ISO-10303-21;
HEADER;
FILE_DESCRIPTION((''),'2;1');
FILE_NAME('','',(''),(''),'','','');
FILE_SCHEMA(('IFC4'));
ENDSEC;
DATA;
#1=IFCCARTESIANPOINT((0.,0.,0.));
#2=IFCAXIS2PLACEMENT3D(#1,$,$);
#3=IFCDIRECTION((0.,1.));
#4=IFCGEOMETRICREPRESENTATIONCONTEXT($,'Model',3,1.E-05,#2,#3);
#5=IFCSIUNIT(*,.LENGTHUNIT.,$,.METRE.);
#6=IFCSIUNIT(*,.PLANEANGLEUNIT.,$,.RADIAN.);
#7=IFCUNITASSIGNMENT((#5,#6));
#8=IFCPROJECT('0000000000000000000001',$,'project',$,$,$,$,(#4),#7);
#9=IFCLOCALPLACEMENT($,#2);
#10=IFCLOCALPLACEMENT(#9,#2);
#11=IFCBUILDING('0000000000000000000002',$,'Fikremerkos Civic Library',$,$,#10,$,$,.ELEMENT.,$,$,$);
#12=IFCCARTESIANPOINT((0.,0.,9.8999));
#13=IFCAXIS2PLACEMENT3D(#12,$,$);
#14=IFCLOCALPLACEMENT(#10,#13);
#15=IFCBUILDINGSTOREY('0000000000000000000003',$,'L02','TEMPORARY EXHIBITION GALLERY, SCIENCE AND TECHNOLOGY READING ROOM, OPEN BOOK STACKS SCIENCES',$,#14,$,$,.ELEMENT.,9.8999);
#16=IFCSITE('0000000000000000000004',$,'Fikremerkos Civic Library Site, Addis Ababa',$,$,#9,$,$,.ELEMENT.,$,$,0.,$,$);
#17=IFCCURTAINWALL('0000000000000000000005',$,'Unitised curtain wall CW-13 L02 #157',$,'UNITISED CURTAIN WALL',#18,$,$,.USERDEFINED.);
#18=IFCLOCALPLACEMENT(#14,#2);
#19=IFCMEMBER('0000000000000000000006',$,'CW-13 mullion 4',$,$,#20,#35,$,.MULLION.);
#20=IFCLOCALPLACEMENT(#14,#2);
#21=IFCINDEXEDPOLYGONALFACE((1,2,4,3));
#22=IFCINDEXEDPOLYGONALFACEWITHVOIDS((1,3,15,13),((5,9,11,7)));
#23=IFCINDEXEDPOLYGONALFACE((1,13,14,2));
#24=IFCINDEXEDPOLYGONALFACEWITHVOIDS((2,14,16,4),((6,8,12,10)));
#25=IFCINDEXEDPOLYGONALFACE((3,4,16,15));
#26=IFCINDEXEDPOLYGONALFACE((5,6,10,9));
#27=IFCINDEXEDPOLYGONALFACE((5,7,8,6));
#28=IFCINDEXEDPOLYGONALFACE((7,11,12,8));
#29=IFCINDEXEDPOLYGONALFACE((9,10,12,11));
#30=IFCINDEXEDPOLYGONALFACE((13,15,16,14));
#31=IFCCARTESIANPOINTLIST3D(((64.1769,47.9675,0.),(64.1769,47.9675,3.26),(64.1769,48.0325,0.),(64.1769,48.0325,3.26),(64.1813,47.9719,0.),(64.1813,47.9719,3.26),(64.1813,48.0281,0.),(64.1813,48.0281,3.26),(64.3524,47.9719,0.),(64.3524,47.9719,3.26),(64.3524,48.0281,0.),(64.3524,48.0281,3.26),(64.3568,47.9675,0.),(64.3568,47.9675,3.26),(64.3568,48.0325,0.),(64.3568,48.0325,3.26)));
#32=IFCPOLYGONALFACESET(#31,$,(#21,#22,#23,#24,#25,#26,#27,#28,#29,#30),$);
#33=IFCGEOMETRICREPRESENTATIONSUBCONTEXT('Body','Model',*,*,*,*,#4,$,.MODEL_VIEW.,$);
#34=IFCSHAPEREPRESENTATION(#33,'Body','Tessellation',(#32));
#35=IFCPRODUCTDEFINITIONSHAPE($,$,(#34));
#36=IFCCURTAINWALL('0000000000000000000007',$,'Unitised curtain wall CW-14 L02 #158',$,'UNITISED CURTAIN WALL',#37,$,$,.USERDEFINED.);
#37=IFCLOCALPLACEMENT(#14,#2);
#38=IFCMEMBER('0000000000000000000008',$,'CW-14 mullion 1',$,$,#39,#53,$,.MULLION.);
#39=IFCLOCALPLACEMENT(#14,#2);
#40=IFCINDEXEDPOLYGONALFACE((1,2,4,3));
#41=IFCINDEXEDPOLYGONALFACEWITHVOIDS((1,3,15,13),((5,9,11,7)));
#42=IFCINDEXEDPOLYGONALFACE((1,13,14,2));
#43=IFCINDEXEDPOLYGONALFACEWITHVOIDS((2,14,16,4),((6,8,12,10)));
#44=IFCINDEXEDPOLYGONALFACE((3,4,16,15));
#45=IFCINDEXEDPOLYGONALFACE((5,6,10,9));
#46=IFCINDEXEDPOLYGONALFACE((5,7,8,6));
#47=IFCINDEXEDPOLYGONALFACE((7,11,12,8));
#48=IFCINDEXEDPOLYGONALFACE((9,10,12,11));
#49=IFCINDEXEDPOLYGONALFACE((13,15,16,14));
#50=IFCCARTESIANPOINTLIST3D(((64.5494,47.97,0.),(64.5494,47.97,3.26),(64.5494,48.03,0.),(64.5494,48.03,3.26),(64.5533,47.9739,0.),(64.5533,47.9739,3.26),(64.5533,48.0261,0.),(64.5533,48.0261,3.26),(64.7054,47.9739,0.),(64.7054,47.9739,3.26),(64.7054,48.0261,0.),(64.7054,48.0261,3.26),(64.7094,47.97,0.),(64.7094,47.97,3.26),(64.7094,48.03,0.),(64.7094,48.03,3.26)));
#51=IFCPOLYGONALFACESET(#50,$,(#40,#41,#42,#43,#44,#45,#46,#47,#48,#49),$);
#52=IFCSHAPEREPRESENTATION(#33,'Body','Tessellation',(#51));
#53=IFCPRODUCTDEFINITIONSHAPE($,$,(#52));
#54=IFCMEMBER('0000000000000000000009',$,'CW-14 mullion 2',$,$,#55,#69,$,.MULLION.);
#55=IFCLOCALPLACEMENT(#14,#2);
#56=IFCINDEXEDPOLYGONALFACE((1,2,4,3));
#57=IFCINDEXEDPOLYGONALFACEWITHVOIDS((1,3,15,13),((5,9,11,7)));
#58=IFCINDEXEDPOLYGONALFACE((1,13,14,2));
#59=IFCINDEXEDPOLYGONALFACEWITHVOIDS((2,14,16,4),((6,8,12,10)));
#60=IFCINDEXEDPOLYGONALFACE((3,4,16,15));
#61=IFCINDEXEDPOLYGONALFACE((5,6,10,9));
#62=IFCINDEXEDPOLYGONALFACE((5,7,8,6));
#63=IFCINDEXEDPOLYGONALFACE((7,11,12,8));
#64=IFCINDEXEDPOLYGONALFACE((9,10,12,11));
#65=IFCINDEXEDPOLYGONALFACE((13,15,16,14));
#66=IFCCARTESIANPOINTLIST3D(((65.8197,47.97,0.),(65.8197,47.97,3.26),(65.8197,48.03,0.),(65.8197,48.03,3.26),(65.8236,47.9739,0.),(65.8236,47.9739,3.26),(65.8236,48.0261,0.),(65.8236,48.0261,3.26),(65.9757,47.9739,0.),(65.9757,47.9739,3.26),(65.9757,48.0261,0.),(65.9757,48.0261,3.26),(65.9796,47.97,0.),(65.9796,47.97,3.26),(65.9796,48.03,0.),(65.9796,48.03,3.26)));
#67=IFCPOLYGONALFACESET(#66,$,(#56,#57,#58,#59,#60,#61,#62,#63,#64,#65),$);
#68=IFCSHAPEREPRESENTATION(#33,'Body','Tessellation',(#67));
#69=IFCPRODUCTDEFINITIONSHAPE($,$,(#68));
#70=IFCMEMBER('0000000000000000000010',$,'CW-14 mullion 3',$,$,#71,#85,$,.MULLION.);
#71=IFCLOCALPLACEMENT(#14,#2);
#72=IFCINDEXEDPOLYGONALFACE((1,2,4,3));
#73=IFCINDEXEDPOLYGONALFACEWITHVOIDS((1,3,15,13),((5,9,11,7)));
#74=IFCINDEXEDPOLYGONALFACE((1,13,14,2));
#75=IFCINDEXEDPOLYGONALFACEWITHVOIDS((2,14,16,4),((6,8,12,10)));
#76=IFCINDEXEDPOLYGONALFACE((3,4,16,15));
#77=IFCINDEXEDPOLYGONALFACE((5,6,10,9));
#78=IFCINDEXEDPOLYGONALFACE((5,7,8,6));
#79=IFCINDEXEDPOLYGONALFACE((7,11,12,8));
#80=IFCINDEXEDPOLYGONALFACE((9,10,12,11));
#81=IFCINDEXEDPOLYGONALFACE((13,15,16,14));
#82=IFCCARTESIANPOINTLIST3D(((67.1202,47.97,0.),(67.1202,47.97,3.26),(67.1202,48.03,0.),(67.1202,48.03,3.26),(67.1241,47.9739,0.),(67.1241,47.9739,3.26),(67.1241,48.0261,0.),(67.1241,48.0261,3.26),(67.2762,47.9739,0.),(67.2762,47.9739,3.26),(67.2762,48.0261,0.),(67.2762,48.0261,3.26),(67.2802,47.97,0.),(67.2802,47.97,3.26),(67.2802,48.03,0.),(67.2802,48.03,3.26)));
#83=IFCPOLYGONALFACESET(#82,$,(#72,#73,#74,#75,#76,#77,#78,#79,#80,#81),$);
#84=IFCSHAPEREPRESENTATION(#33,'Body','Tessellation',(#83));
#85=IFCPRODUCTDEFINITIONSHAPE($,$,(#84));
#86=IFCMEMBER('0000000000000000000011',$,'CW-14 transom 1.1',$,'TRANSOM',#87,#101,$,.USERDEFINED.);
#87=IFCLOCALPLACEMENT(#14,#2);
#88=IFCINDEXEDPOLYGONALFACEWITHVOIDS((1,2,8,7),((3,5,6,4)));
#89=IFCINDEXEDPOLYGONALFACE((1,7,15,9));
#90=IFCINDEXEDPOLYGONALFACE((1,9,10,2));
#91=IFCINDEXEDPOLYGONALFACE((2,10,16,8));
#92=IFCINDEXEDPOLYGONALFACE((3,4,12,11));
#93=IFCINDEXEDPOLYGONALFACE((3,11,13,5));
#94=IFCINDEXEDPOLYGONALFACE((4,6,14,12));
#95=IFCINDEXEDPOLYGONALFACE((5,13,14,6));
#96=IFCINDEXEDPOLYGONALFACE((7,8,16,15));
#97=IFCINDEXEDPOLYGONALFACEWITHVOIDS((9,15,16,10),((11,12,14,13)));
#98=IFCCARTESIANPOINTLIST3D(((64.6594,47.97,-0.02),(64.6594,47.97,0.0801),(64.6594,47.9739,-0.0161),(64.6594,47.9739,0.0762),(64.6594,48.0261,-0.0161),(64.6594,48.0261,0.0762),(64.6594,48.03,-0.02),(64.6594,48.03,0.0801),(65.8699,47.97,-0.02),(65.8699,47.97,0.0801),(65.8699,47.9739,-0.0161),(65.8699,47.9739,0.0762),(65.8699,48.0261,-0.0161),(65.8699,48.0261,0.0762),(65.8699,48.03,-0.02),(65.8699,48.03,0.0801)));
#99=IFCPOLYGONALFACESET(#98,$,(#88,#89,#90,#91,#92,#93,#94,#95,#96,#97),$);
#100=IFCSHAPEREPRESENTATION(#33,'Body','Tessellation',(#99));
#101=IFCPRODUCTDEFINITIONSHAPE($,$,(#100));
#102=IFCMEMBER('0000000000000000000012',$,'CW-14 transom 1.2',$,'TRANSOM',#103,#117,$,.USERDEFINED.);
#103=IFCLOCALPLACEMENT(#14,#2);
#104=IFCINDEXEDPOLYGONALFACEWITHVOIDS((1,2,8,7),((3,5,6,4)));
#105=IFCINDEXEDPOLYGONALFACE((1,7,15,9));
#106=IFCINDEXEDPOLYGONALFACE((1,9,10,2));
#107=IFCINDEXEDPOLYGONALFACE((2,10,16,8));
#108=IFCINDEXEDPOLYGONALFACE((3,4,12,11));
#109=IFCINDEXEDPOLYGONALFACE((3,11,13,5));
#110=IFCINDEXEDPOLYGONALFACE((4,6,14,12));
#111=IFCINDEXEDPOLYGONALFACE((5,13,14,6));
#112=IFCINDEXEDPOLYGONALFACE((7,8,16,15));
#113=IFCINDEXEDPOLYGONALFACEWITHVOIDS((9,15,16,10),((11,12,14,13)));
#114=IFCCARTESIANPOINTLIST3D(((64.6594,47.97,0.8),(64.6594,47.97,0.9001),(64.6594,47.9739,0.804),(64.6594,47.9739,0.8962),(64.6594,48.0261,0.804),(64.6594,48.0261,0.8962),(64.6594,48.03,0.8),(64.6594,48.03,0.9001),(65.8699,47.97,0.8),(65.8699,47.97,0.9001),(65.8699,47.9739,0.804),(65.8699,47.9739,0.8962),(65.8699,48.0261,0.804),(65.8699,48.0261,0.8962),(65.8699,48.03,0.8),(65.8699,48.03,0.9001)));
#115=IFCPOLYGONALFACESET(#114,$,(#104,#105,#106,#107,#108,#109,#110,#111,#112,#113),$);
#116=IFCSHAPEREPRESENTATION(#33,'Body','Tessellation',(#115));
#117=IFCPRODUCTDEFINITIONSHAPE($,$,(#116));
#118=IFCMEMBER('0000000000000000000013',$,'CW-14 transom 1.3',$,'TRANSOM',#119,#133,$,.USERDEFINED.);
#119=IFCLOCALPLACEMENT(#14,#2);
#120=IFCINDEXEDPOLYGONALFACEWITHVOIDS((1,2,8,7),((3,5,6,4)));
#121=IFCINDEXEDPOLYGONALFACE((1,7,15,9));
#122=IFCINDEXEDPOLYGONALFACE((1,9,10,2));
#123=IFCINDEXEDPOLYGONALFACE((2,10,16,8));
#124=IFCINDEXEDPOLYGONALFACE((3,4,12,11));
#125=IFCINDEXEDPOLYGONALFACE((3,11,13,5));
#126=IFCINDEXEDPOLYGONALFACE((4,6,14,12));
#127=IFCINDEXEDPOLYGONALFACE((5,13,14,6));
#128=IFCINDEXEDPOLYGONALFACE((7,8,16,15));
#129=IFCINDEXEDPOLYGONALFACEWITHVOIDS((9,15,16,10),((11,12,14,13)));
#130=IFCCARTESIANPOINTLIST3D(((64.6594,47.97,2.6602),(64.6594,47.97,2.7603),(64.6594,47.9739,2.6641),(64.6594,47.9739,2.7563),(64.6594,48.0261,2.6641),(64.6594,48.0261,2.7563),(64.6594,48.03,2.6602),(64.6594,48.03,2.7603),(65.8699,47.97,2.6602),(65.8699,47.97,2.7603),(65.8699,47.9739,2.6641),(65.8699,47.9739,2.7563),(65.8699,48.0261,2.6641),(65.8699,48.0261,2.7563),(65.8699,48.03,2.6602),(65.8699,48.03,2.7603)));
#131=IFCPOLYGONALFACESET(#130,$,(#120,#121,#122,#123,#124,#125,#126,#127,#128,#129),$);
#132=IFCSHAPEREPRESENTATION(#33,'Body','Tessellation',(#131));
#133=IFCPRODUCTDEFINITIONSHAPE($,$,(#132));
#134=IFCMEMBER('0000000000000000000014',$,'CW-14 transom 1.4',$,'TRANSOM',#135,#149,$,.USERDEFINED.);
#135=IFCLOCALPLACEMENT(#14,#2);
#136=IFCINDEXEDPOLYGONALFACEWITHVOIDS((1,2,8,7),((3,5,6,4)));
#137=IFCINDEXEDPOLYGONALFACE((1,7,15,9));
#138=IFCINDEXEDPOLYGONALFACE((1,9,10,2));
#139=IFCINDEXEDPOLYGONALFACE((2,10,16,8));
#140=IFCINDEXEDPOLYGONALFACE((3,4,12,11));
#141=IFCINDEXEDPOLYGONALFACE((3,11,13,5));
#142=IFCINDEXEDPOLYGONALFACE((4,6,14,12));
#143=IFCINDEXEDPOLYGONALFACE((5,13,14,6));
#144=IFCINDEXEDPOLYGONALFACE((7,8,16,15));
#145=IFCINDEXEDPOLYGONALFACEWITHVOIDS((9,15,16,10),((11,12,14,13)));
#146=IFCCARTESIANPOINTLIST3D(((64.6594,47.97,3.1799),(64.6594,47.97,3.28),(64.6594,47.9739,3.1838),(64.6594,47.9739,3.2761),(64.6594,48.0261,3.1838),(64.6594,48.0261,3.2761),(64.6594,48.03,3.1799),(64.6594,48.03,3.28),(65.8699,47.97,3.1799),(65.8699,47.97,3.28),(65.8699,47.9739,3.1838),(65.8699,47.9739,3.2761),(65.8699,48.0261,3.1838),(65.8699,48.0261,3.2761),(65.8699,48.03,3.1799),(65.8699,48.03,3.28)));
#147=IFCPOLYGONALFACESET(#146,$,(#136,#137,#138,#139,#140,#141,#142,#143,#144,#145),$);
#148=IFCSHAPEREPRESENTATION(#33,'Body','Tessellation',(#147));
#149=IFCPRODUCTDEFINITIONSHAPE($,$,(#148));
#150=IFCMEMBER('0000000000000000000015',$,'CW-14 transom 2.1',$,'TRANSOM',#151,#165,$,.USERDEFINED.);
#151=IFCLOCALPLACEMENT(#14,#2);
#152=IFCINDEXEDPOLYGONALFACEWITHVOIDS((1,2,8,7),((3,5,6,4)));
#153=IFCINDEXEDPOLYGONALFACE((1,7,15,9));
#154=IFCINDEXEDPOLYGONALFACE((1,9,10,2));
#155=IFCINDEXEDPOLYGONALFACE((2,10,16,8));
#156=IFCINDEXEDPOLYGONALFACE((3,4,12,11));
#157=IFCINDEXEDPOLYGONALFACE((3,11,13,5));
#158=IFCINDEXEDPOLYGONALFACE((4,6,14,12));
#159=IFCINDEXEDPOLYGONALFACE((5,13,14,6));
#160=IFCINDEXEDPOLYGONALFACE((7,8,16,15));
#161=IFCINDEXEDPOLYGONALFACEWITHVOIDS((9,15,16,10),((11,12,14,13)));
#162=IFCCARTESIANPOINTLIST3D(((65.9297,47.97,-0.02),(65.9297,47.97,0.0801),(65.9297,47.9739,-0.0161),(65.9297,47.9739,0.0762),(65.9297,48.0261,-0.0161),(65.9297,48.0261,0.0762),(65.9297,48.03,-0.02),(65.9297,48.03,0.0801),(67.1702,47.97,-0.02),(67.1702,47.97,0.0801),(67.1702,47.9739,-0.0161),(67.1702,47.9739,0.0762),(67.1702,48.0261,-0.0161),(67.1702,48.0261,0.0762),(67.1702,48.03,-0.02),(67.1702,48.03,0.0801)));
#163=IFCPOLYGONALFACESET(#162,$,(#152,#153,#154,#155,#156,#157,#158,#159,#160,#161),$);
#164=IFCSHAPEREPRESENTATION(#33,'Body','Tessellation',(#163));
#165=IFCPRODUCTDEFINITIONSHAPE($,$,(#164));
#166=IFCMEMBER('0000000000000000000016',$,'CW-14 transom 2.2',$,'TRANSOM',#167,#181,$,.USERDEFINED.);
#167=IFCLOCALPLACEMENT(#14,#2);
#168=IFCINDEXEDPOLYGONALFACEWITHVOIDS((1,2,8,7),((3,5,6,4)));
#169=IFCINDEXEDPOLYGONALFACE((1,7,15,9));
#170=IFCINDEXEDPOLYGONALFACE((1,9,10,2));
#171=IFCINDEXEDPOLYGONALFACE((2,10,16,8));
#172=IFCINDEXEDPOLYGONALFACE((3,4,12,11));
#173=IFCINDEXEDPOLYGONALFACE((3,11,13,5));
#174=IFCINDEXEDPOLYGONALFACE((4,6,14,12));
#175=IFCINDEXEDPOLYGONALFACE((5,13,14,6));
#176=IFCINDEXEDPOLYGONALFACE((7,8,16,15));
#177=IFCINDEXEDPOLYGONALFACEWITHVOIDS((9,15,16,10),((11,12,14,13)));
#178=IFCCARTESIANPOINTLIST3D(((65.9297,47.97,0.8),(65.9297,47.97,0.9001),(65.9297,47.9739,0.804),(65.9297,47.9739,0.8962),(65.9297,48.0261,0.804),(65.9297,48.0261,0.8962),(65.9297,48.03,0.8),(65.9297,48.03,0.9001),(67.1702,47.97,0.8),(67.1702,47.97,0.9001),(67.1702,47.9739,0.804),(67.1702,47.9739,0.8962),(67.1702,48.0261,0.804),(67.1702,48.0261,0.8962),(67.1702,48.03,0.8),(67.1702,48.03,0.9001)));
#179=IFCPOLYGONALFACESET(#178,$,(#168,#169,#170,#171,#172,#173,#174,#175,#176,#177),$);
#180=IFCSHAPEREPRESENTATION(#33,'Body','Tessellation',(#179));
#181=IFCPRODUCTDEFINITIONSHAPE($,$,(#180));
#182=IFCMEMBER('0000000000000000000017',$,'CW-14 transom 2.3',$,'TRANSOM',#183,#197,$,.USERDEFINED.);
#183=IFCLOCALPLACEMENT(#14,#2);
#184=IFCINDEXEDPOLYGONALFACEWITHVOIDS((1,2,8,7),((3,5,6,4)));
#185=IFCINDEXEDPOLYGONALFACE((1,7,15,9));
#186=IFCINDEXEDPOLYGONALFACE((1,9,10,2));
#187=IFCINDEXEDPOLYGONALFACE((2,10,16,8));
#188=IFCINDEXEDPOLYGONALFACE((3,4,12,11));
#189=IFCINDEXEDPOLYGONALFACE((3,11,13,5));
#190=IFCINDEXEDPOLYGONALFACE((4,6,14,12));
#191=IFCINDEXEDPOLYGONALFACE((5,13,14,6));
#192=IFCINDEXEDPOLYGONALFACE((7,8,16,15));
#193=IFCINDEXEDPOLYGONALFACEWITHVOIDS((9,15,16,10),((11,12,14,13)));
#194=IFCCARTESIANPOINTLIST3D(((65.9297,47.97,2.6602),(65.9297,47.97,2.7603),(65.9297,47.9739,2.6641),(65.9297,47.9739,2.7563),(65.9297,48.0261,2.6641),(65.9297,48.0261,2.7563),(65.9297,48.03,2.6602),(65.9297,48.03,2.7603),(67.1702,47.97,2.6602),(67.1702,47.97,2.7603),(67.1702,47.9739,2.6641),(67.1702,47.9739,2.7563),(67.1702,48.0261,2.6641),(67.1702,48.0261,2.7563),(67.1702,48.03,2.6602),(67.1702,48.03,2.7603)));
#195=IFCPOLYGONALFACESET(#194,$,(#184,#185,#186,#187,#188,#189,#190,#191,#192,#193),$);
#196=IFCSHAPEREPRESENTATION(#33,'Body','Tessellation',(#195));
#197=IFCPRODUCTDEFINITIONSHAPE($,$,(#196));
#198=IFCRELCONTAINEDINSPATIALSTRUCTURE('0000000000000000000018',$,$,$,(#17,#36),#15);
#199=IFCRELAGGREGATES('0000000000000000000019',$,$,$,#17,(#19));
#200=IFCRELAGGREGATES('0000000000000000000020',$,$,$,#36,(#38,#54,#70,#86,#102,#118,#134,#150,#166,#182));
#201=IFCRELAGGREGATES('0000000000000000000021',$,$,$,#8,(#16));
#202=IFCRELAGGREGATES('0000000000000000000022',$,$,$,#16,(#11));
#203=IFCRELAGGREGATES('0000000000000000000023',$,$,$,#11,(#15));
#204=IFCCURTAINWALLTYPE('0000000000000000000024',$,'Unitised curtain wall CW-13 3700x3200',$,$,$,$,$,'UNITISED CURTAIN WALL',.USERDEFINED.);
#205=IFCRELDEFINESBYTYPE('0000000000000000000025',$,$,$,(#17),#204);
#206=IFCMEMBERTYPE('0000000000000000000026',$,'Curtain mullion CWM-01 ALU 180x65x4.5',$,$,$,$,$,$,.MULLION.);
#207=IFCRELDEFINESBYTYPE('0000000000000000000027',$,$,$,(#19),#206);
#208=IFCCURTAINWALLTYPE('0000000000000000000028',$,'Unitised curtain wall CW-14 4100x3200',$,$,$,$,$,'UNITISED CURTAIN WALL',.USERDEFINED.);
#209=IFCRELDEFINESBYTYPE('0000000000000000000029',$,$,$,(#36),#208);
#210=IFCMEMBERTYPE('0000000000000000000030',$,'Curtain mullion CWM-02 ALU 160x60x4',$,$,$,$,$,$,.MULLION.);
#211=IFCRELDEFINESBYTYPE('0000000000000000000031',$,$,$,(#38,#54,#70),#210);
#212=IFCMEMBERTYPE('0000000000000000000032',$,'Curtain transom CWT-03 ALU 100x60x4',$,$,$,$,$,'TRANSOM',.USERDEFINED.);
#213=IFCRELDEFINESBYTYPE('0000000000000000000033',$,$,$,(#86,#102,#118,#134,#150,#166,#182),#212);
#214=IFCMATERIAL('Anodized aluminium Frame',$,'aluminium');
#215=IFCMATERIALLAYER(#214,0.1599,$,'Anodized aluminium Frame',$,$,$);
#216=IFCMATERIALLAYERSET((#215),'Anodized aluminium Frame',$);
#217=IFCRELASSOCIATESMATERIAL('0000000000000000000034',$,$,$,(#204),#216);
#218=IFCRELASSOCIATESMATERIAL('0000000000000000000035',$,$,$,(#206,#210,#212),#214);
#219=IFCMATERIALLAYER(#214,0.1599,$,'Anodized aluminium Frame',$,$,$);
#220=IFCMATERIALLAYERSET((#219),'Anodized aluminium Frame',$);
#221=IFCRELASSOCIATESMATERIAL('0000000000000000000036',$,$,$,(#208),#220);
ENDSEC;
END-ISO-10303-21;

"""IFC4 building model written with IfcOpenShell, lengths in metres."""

from ifc_helpers import new_model, si_unit, direction, frame, origin, origin_2d, place, context, subcontext, project, spatial, hollow_rectangle, extrude, material, layer, layer_set, material_profile, profile_set, type_object, element, aggregate, save


model = new_model("IFC4")

# Units and contexts
model_context = context("Model", 3, precision=1e-05, world=origin(), true_north=direction((0.0, 1.0)))
body_context = subcontext(model_context, "Body", "Model", "MODEL_VIEW")
ifc_project = project(units=[si_unit("LENGTHUNIT", "METRE"), si_unit("PLANEANGLEUNIT", "RADIAN")], contexts=[model_context])

# Site, building, storey
site_placement = place(None, origin())
site = spatial("IfcSite", under=ifc_project, at=site_placement, Name="Fikremerkos Civic Library Site, Addis Ababa", CompositionType="ELEMENT", RefElevation=0.0)
building_placement = place(site_placement, origin())
building = spatial("IfcBuilding", under=site, at=building_placement, Name="Fikremerkos Civic Library", CompositionType="ELEMENT")
storey_placement = place(building_placement, frame((0.0, 0.0, 9.8999)))
storey = spatial("IfcBuildingStorey", under=building, at=storey_placement, Name="L02", Description="TEMPORARY EXHIBITION GALLERY, SCIENCE AND TECHNOLOGY READING ROOM, OPEN BOOK STACKS SCIENCES", CompositionType="ELEMENT", Elevation=9.8999)

# Curtain wall, member
ifc_material_1 = material(Name="Anodized aluminium Frame", Category="aluminium")
ifc_layer_1 = layer(ifc_material_1, 0.1599, Name="Anodized aluminium Frame")
ifc_layer_set_1 = layer_set([ifc_layer_1], Name="Anodized aluminium Frame")
curtain_wall_type_1 = type_object("IfcCurtainWallType", Name="Unitised curtain wall CW-13 3700x3200", ElementType="UNITISED CURTAIN WALL", PredefinedType="USERDEFINED", material=ifc_layer_set_1)
curtain_wall_1_placement = place(storey_placement, origin())
curtain_wall_1 = element("IfcCurtainWall", 1, at=curtain_wall_1_placement, inside=storey, type_object=curtain_wall_type_1, Name="Unitised curtain wall CW-13 L02 #157", ObjectType="UNITISED CURTAIN WALL", PredefinedType="USERDEFINED")
ifc_material_profile_1 = material_profile(ifc_material_1, hollow_rectangle(XDim=0.0649, YDim=0.1799, WallThickness=0.0044, at=origin_2d()), Name="ALU 180x65x4.5")
ifc_profile_set_1 = profile_set([ifc_material_profile_1], Name="Anodized aluminium Frame")
member_type_1 = type_object("IfcMemberType", Name="Curtain mullion CWM-01 ALU 180x65x4.5", PredefinedType="MULLION", material=ifc_profile_set_1)
member_1_placement = place(storey_placement, frame((64.2668, 48.0, 0.0), z_axis=(0.0, 0.0, 1.0), x_axis=(0.0, 1.0, 0.0)))
member_1 = element("IfcMember", 2, at=member_1_placement, type_object=member_type_1, Name="CW-13 mullion 4", PredefinedType="MULLION", context=body_context, shape_type="SweptSolid", body=[
    extrude(hollow_rectangle(XDim=0.0649, YDim=0.1799, WallThickness=0.0044, at=origin_2d()), origin(), (0.0, 0.0, 1.0), 3.26),
])

# Curtain wall, members
ifc_layer_2 = layer(ifc_material_1, 0.1599, Name="Anodized aluminium Frame")
ifc_layer_set_2 = layer_set([ifc_layer_2], Name="Anodized aluminium Frame")
curtain_wall_type_2 = type_object("IfcCurtainWallType", Name="Unitised curtain wall CW-14 4100x3200", ElementType="UNITISED CURTAIN WALL", PredefinedType="USERDEFINED", material=ifc_layer_set_2)
curtain_wall_2_placement = place(storey_placement, origin())
curtain_wall_2 = element("IfcCurtainWall", 3, at=curtain_wall_2_placement, inside=storey, type_object=curtain_wall_type_2, Name="Unitised curtain wall CW-14 L02 #158", ObjectType="UNITISED CURTAIN WALL", PredefinedType="USERDEFINED")
ifc_material_profile_2 = material_profile(ifc_material_1, hollow_rectangle(XDim=0.0601, YDim=0.1599, WallThickness=0.0039, at=origin_2d()), Name="ALU 160x60x4")
ifc_profile_set_2 = profile_set([ifc_material_profile_2], Name="Anodized aluminium Frame")
member_type_2 = type_object("IfcMemberType", Name="Curtain mullion CWM-02 ALU 160x60x4", PredefinedType="MULLION", material=ifc_profile_set_2)
member_2_placement = place(storey_placement, frame((64.6294, 48.0, 0.0), z_axis=(0.0, 0.0, 1.0), x_axis=(0.0, 1.0, 0.0)))
member_2 = element("IfcMember", 4, at=member_2_placement, type_object=member_type_2, Name="CW-14 mullion 1", PredefinedType="MULLION", context=body_context, shape_type="SweptSolid", body=[
    extrude(hollow_rectangle(XDim=0.0601, YDim=0.1599, WallThickness=0.0039, at=origin_2d()), origin(), (0.0, 0.0, 1.0), 3.26),
])
member_3_placement = place(storey_placement, frame((65.8997, 48.0, 0.0), z_axis=(0.0, 0.0, 1.0), x_axis=(0.0, 1.0, 0.0)))
member_3 = element("IfcMember", 5, at=member_3_placement, type_object=member_type_2, Name="CW-14 mullion 2", PredefinedType="MULLION", context=body_context, shape_type="SweptSolid", body=[
    extrude(hollow_rectangle(XDim=0.0601, YDim=0.1599, WallThickness=0.0039, at=origin_2d()), origin(), (0.0, 0.0, 1.0), 3.26),
])
member_4_placement = place(storey_placement, frame((67.2002, 48.0, 0.0), z_axis=(0.0, 0.0, 1.0), x_axis=(0.0, 1.0, 0.0)))
member_4 = element("IfcMember", 6, at=member_4_placement, type_object=member_type_2, Name="CW-14 mullion 3", PredefinedType="MULLION", context=body_context, shape_type="SweptSolid", body=[
    extrude(hollow_rectangle(XDim=0.0601, YDim=0.1599, WallThickness=0.0039, at=origin_2d()), origin(), (0.0, 0.0, 1.0), 3.26),
])
ifc_material_profile_3 = material_profile(ifc_material_1, hollow_rectangle(XDim=0.0601, YDim=0.1001, WallThickness=0.0039, at=origin_2d()), Name="ALU 100x60x4")
ifc_profile_set_3 = profile_set([ifc_material_profile_3], Name="Anodized aluminium Frame")
member_type_3 = type_object("IfcMemberType", Name="Curtain transom CWT-03 ALU 100x60x4", ElementType="TRANSOM", PredefinedType="USERDEFINED", material=ifc_profile_set_3)
member_5_placement = place(storey_placement, frame((64.6594, 48.0, 0.03), z_axis=(1.0, 0.0, 0.0), x_axis=(0.0, 1.0, 0.0)))
member_5 = element("IfcMember", 7, at=member_5_placement, type_object=member_type_3, Name="CW-14 transom 1.1", ObjectType="TRANSOM", PredefinedType="USERDEFINED", context=body_context, shape_type="SweptSolid", body=[
    extrude(hollow_rectangle(XDim=0.0601, YDim=0.1001, WallThickness=0.0039, at=origin_2d()), origin(), (0.0, 0.0, 1.0), 1.2104),
])
member_6_placement = place(storey_placement, frame((64.6594, 48.0, 0.8501), z_axis=(1.0, 0.0, 0.0), x_axis=(0.0, 1.0, 0.0)))
member_6 = element("IfcMember", 8, at=member_6_placement, type_object=member_type_3, Name="CW-14 transom 1.2", ObjectType="TRANSOM", PredefinedType="USERDEFINED", context=body_context, shape_type="SweptSolid", body=[
    extrude(hollow_rectangle(XDim=0.0601, YDim=0.1001, WallThickness=0.0039, at=origin_2d()), origin(), (0.0, 0.0, 1.0), 1.2104),
])
member_7_placement = place(storey_placement, frame((64.6594, 48.0, 2.7102), z_axis=(1.0, 0.0, 0.0), x_axis=(0.0, 1.0, 0.0)))
member_7 = element("IfcMember", 9, at=member_7_placement, type_object=member_type_3, Name="CW-14 transom 1.3", ObjectType="TRANSOM", PredefinedType="USERDEFINED", context=body_context, shape_type="SweptSolid", body=[
    extrude(hollow_rectangle(XDim=0.0601, YDim=0.1001, WallThickness=0.0039, at=origin_2d()), origin(), (0.0, 0.0, 1.0), 1.2104),
])
member_8_placement = place(storey_placement, frame((64.6594, 48.0, 3.23), z_axis=(1.0, 0.0, 0.0), x_axis=(0.0, 1.0, 0.0)))
member_8 = element("IfcMember", 10, at=member_8_placement, type_object=member_type_3, Name="CW-14 transom 1.4", ObjectType="TRANSOM", PredefinedType="USERDEFINED", context=body_context, shape_type="SweptSolid", body=[
    extrude(hollow_rectangle(XDim=0.0601, YDim=0.1001, WallThickness=0.0039, at=origin_2d()), origin(), (0.0, 0.0, 1.0), 1.2104),
])
member_9_placement = place(storey_placement, frame((65.9297, 48.0, 0.03), z_axis=(1.0, 0.0, 0.0), x_axis=(0.0, 1.0, 0.0)))
member_9 = element("IfcMember", 11, at=member_9_placement, type_object=member_type_3, Name="CW-14 transom 2.1", ObjectType="TRANSOM", PredefinedType="USERDEFINED", context=body_context, shape_type="SweptSolid", body=[
    extrude(hollow_rectangle(XDim=0.0601, YDim=0.1001, WallThickness=0.0039, at=origin_2d()), origin(), (0.0, 0.0, 1.0), 1.2405),
])
member_10_placement = place(storey_placement, frame((65.9297, 48.0, 0.8501), z_axis=(1.0, 0.0, 0.0), x_axis=(0.0, 1.0, 0.0)))
member_10 = element("IfcMember", 12, at=member_10_placement, type_object=member_type_3, Name="CW-14 transom 2.2", ObjectType="TRANSOM", PredefinedType="USERDEFINED", context=body_context, shape_type="SweptSolid", body=[
    extrude(hollow_rectangle(XDim=0.0601, YDim=0.1001, WallThickness=0.0039, at=origin_2d()), origin(), (0.0, 0.0, 1.0), 1.2405),
])
member_11_placement = place(storey_placement, frame((65.9297, 48.0, 2.7102), z_axis=(1.0, 0.0, 0.0), x_axis=(0.0, 1.0, 0.0)))
member_11 = element("IfcMember", 13, at=member_11_placement, type_object=member_type_3, Name="CW-14 transom 2.3", ObjectType="TRANSOM", PredefinedType="USERDEFINED", context=body_context, shape_type="SweptSolid", body=[
    extrude(hollow_rectangle(XDim=0.0601, YDim=0.1001, WallThickness=0.0039, at=origin_2d()), origin(), (0.0, 0.0, 1.0), 1.2405),
])

aggregate(curtain_wall_1, [member_1])
aggregate(curtain_wall_2, [member_2, member_3, member_4, member_5, member_6, member_7, member_8, member_9, member_10, member_11])

save(model, "model.ifc")
